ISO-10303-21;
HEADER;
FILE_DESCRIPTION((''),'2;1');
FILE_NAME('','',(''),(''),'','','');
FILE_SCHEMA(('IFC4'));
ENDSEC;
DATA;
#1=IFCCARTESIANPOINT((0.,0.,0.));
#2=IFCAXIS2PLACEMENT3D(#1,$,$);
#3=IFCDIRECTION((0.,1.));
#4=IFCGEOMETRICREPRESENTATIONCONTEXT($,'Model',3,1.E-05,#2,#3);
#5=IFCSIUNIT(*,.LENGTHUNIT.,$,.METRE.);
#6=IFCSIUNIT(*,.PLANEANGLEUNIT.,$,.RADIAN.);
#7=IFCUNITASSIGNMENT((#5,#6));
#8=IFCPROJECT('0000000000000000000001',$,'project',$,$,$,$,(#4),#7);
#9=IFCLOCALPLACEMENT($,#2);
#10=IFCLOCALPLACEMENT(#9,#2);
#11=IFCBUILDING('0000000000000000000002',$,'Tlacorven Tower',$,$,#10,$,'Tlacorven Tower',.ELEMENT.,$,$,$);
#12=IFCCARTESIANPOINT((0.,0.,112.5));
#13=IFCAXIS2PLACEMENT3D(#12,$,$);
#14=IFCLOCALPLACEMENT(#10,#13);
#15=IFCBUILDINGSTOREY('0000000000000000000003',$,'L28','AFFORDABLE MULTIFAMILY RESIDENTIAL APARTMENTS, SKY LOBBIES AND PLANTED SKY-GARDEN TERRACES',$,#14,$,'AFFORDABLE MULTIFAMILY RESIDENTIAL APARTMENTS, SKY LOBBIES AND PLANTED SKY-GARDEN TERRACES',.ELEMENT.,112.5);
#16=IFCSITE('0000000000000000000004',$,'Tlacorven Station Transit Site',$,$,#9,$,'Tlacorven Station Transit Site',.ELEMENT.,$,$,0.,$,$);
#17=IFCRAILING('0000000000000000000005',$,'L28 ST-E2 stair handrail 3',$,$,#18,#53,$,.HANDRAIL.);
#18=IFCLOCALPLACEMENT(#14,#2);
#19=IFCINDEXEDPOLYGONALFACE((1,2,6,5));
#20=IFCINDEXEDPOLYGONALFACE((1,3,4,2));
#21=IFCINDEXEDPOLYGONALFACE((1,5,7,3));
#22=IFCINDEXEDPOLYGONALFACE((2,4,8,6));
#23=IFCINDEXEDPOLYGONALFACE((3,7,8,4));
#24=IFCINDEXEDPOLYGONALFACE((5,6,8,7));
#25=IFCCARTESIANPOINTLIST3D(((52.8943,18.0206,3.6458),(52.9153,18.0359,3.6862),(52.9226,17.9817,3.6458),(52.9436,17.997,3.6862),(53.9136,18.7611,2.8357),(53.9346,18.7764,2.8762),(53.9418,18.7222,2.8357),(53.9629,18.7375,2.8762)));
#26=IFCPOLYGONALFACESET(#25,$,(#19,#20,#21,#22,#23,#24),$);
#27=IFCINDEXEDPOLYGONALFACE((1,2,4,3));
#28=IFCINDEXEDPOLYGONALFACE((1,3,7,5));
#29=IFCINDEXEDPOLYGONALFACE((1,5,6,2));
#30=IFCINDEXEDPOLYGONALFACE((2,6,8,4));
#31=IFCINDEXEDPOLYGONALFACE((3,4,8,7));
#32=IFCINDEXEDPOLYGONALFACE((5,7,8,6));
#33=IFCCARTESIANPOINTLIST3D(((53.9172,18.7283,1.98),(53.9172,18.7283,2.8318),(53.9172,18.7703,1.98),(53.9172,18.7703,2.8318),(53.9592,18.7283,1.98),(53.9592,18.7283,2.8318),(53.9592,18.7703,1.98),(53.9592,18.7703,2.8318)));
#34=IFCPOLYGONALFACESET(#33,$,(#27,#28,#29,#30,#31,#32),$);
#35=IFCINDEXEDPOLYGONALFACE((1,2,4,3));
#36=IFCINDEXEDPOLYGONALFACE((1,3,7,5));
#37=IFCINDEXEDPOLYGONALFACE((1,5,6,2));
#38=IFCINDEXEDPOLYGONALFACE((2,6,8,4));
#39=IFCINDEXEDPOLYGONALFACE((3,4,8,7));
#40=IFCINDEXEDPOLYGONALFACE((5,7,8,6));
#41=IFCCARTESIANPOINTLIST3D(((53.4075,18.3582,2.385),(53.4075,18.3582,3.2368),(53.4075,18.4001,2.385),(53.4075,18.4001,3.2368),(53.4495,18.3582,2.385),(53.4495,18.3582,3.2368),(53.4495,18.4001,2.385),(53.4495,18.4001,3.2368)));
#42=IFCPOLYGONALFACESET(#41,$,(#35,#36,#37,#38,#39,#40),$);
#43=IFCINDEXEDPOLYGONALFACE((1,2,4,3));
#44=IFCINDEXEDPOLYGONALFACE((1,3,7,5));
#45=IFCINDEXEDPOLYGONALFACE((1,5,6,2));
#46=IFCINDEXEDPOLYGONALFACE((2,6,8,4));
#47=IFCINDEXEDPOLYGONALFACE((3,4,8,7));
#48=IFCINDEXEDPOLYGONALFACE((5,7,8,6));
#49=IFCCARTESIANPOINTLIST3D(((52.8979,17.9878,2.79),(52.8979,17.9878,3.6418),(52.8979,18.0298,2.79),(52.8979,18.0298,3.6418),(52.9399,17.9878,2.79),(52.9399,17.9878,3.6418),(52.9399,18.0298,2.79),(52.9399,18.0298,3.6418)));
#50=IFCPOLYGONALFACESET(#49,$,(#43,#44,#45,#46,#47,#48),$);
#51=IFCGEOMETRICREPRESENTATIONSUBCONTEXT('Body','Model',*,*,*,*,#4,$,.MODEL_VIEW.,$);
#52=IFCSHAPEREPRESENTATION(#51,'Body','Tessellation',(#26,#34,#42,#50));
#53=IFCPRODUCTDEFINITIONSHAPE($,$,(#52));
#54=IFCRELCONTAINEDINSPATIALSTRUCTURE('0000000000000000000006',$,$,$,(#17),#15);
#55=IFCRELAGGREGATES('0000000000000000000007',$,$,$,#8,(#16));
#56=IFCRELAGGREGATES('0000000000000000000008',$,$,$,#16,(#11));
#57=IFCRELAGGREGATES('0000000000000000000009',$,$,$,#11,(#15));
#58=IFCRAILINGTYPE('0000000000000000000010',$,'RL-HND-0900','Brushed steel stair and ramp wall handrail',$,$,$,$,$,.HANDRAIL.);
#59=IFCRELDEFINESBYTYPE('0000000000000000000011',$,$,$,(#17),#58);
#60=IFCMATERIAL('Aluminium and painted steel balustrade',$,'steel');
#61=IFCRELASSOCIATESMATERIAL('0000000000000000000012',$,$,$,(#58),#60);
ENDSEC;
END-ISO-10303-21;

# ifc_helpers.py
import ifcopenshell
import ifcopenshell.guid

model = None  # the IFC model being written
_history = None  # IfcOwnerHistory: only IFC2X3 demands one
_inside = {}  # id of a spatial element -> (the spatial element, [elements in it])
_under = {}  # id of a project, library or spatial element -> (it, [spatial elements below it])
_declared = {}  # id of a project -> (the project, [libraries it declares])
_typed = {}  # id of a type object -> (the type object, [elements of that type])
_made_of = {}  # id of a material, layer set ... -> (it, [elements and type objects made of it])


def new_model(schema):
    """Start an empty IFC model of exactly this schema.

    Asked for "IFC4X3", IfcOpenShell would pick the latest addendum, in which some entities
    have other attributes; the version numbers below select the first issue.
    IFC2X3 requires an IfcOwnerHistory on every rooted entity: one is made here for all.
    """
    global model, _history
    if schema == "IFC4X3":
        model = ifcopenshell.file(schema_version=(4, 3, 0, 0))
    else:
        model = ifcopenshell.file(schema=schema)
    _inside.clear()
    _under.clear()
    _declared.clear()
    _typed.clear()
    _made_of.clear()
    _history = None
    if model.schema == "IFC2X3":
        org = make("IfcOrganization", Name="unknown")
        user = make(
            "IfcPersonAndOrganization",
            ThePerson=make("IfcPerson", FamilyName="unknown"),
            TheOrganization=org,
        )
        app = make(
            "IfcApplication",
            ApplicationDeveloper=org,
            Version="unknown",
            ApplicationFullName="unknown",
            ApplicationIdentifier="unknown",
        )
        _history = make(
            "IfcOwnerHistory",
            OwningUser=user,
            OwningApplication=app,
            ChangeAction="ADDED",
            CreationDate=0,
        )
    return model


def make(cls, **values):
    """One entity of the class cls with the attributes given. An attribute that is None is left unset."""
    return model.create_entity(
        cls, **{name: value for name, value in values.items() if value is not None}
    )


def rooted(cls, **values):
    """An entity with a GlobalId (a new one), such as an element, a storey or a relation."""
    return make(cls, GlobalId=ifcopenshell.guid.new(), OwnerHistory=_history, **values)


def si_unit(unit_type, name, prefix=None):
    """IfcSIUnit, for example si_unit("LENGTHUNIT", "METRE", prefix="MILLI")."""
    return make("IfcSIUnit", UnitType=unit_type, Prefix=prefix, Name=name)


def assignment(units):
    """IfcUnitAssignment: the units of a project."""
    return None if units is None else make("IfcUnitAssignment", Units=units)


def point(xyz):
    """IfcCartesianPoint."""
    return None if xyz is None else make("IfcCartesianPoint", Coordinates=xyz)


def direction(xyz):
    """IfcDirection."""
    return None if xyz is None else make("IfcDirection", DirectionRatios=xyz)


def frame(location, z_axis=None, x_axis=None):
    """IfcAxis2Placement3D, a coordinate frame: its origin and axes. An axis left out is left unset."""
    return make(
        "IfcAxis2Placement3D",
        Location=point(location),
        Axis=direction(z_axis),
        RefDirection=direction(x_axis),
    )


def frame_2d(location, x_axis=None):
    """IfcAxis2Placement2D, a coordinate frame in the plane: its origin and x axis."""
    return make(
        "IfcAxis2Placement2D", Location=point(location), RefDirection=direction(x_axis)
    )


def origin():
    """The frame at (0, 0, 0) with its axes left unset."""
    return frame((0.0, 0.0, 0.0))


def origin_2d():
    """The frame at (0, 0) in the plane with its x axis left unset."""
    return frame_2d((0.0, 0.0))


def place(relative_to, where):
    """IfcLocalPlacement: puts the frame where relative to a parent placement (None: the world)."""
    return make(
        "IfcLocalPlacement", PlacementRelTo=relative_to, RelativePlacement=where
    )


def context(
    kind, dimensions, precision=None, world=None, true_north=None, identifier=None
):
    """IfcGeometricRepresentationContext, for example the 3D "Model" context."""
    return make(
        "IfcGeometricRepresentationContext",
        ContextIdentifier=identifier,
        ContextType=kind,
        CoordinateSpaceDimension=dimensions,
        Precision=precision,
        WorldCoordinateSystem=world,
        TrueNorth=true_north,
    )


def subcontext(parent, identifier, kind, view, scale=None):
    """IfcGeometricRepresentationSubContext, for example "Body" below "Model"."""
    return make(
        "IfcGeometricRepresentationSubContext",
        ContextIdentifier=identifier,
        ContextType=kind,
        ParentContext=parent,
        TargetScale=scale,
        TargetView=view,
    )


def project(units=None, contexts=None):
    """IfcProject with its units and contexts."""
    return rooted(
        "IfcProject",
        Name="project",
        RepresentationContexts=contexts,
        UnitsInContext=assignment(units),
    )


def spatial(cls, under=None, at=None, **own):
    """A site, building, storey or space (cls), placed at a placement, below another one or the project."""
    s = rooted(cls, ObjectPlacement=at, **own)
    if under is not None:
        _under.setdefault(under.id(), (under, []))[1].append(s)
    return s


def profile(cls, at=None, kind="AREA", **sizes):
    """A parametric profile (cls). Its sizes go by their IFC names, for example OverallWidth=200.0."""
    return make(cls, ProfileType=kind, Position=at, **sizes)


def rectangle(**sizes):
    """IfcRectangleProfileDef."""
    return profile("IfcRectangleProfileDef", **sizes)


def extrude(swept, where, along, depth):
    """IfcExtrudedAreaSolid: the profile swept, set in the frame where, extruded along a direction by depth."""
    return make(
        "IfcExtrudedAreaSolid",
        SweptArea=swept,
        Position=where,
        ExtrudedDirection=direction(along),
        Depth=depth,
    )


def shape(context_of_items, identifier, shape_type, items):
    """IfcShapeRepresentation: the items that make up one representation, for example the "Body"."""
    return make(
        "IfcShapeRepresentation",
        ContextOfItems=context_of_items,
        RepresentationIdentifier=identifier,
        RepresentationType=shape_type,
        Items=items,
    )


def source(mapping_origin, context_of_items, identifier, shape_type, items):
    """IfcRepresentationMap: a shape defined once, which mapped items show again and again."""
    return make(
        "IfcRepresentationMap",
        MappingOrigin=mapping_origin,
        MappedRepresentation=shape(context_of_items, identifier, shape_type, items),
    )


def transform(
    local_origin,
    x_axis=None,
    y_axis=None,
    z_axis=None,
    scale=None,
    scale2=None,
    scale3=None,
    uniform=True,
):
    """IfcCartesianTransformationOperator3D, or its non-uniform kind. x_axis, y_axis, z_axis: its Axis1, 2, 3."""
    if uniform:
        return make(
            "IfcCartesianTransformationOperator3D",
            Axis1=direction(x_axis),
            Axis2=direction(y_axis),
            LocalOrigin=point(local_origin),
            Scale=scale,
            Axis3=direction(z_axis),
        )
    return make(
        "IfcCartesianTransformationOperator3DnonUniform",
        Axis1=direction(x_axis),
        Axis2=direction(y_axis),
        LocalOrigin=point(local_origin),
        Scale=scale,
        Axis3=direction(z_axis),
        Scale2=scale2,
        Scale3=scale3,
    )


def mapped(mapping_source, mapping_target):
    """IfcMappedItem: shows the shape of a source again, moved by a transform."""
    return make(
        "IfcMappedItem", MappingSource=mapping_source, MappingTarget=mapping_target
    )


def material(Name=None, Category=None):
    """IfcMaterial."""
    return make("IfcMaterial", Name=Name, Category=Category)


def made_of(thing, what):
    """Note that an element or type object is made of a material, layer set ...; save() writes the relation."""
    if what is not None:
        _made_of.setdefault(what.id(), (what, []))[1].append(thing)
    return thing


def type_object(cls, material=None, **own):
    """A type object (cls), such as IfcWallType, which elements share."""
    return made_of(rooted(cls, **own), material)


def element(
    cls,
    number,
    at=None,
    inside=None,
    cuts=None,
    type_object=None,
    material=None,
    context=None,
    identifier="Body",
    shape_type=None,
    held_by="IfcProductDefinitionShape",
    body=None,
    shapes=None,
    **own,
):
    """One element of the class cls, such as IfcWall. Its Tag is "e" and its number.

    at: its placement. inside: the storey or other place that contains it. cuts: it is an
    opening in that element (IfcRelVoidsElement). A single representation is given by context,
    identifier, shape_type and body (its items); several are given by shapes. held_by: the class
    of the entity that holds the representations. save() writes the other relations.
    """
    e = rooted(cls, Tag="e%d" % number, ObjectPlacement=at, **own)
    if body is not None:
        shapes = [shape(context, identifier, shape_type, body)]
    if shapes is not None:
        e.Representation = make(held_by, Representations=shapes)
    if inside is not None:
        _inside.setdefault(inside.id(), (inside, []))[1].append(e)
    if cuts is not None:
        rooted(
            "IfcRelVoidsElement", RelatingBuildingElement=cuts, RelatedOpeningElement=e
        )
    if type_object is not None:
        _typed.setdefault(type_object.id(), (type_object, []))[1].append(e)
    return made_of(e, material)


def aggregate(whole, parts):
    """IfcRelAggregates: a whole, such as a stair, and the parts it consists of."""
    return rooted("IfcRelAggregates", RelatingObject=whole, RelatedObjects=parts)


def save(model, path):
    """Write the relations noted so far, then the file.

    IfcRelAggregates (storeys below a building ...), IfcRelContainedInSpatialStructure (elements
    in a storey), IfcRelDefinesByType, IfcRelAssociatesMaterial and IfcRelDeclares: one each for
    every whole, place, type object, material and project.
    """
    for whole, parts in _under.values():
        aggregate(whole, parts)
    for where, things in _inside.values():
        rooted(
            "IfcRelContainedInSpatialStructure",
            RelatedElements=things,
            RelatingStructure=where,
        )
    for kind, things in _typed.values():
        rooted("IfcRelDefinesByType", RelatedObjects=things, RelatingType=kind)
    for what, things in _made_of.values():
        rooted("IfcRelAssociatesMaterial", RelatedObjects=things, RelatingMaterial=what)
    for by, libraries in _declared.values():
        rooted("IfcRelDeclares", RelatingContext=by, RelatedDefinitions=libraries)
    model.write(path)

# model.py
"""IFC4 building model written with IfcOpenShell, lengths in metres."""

from ifc_helpers import new_model, si_unit, direction, frame, origin, origin_2d, place, context, subcontext, project, spatial, rectangle, extrude, source, transform, mapped, material, type_object, element, save


model = new_model("IFC4")

# Units and contexts
model_context = context("Model", 3, precision=1e-05, world=origin(), true_north=direction((0.0, 1.0)))
body_context = subcontext(model_context, "Body", "Model", "MODEL_VIEW")
ifc_project = project(units=[si_unit("LENGTHUNIT", "METRE"), si_unit("PLANEANGLEUNIT", "RADIAN")], contexts=[model_context])

# Site, building, storey
site_placement = place(None, origin())
site = spatial("IfcSite", under=ifc_project, at=site_placement, Name="Tlacorven Station Transit Site", LongName="Tlacorven Station Transit Site", CompositionType="ELEMENT", RefElevation=0.0)
building_placement = place(site_placement, origin())
building = spatial("IfcBuilding", under=site, at=building_placement, Name="Tlacorven Tower", LongName="Tlacorven Tower", CompositionType="ELEMENT")
storey_placement = place(building_placement, frame((0.0, 0.0, 112.5)))
storey = spatial("IfcBuildingStorey", under=building, at=storey_placement, Name="L28", Description="AFFORDABLE MULTIFAMILY RESIDENTIAL APARTMENTS, SKY LOBBIES AND PLANTED SKY-GARDEN TERRACES", LongName="AFFORDABLE MULTIFAMILY RESIDENTIAL APARTMENTS, SKY LOBBIES AND PLANTED SKY-GARDEN TERRACES", CompositionType="ELEMENT", Elevation=112.5)

# Shared definitions
ifc_material_1 = material(Name="Aluminium and painted steel balustrade", Category="steel")

# Railing
railing_type_1 = type_object("IfcRailingType", Name="RL-HND-0900", Description="Brushed steel stair and ramp wall handrail", PredefinedType="HANDRAIL", material=ifc_material_1)
shared_shape_1 = source(origin(), body_context, "Body", "SweptSolid", [
    extrude(rectangle(XDim=0.0481, YDim=0.0481, at=origin_2d()), frame((0.0, 0.0, 0.876), z_axis=(-0.680516, -0.494373, 0.540827), x_axis=(0.587745, -0.809046, 0.0)), (0.0, 0.0, 1.0), 1.4978),
    extrude(rectangle(XDim=0.042, YDim=0.042, at=origin_2d()), origin(), (0.0, 0.0, 1.0), 0.8518),
    extrude(rectangle(XDim=0.042, YDim=0.042, at=origin_2d()), frame((-0.5098, -0.3701, 0.405)), (0.0, 0.0, 1.0), 0.8518),
    extrude(rectangle(XDim=0.042, YDim=0.042, at=origin_2d()), frame((-1.0193, -0.7405, 0.8101)), (0.0, 0.0, 1.0), 0.8518),
])
railing_1_placement = place(storey_placement, frame((53.9382, 18.7493, 1.98)))
element("IfcRailing", 1, at=railing_1_placement, inside=storey, type_object=railing_type_1, Name="L28 ST-E2 stair handrail 3", PredefinedType="HANDRAIL", context=body_context, shape_type="MappedRepresentation", body=[
    mapped(shared_shape_1, transform((0.0, 0.0, 0.0), scale=1.0)),
])

save(model, "model.ifc")
